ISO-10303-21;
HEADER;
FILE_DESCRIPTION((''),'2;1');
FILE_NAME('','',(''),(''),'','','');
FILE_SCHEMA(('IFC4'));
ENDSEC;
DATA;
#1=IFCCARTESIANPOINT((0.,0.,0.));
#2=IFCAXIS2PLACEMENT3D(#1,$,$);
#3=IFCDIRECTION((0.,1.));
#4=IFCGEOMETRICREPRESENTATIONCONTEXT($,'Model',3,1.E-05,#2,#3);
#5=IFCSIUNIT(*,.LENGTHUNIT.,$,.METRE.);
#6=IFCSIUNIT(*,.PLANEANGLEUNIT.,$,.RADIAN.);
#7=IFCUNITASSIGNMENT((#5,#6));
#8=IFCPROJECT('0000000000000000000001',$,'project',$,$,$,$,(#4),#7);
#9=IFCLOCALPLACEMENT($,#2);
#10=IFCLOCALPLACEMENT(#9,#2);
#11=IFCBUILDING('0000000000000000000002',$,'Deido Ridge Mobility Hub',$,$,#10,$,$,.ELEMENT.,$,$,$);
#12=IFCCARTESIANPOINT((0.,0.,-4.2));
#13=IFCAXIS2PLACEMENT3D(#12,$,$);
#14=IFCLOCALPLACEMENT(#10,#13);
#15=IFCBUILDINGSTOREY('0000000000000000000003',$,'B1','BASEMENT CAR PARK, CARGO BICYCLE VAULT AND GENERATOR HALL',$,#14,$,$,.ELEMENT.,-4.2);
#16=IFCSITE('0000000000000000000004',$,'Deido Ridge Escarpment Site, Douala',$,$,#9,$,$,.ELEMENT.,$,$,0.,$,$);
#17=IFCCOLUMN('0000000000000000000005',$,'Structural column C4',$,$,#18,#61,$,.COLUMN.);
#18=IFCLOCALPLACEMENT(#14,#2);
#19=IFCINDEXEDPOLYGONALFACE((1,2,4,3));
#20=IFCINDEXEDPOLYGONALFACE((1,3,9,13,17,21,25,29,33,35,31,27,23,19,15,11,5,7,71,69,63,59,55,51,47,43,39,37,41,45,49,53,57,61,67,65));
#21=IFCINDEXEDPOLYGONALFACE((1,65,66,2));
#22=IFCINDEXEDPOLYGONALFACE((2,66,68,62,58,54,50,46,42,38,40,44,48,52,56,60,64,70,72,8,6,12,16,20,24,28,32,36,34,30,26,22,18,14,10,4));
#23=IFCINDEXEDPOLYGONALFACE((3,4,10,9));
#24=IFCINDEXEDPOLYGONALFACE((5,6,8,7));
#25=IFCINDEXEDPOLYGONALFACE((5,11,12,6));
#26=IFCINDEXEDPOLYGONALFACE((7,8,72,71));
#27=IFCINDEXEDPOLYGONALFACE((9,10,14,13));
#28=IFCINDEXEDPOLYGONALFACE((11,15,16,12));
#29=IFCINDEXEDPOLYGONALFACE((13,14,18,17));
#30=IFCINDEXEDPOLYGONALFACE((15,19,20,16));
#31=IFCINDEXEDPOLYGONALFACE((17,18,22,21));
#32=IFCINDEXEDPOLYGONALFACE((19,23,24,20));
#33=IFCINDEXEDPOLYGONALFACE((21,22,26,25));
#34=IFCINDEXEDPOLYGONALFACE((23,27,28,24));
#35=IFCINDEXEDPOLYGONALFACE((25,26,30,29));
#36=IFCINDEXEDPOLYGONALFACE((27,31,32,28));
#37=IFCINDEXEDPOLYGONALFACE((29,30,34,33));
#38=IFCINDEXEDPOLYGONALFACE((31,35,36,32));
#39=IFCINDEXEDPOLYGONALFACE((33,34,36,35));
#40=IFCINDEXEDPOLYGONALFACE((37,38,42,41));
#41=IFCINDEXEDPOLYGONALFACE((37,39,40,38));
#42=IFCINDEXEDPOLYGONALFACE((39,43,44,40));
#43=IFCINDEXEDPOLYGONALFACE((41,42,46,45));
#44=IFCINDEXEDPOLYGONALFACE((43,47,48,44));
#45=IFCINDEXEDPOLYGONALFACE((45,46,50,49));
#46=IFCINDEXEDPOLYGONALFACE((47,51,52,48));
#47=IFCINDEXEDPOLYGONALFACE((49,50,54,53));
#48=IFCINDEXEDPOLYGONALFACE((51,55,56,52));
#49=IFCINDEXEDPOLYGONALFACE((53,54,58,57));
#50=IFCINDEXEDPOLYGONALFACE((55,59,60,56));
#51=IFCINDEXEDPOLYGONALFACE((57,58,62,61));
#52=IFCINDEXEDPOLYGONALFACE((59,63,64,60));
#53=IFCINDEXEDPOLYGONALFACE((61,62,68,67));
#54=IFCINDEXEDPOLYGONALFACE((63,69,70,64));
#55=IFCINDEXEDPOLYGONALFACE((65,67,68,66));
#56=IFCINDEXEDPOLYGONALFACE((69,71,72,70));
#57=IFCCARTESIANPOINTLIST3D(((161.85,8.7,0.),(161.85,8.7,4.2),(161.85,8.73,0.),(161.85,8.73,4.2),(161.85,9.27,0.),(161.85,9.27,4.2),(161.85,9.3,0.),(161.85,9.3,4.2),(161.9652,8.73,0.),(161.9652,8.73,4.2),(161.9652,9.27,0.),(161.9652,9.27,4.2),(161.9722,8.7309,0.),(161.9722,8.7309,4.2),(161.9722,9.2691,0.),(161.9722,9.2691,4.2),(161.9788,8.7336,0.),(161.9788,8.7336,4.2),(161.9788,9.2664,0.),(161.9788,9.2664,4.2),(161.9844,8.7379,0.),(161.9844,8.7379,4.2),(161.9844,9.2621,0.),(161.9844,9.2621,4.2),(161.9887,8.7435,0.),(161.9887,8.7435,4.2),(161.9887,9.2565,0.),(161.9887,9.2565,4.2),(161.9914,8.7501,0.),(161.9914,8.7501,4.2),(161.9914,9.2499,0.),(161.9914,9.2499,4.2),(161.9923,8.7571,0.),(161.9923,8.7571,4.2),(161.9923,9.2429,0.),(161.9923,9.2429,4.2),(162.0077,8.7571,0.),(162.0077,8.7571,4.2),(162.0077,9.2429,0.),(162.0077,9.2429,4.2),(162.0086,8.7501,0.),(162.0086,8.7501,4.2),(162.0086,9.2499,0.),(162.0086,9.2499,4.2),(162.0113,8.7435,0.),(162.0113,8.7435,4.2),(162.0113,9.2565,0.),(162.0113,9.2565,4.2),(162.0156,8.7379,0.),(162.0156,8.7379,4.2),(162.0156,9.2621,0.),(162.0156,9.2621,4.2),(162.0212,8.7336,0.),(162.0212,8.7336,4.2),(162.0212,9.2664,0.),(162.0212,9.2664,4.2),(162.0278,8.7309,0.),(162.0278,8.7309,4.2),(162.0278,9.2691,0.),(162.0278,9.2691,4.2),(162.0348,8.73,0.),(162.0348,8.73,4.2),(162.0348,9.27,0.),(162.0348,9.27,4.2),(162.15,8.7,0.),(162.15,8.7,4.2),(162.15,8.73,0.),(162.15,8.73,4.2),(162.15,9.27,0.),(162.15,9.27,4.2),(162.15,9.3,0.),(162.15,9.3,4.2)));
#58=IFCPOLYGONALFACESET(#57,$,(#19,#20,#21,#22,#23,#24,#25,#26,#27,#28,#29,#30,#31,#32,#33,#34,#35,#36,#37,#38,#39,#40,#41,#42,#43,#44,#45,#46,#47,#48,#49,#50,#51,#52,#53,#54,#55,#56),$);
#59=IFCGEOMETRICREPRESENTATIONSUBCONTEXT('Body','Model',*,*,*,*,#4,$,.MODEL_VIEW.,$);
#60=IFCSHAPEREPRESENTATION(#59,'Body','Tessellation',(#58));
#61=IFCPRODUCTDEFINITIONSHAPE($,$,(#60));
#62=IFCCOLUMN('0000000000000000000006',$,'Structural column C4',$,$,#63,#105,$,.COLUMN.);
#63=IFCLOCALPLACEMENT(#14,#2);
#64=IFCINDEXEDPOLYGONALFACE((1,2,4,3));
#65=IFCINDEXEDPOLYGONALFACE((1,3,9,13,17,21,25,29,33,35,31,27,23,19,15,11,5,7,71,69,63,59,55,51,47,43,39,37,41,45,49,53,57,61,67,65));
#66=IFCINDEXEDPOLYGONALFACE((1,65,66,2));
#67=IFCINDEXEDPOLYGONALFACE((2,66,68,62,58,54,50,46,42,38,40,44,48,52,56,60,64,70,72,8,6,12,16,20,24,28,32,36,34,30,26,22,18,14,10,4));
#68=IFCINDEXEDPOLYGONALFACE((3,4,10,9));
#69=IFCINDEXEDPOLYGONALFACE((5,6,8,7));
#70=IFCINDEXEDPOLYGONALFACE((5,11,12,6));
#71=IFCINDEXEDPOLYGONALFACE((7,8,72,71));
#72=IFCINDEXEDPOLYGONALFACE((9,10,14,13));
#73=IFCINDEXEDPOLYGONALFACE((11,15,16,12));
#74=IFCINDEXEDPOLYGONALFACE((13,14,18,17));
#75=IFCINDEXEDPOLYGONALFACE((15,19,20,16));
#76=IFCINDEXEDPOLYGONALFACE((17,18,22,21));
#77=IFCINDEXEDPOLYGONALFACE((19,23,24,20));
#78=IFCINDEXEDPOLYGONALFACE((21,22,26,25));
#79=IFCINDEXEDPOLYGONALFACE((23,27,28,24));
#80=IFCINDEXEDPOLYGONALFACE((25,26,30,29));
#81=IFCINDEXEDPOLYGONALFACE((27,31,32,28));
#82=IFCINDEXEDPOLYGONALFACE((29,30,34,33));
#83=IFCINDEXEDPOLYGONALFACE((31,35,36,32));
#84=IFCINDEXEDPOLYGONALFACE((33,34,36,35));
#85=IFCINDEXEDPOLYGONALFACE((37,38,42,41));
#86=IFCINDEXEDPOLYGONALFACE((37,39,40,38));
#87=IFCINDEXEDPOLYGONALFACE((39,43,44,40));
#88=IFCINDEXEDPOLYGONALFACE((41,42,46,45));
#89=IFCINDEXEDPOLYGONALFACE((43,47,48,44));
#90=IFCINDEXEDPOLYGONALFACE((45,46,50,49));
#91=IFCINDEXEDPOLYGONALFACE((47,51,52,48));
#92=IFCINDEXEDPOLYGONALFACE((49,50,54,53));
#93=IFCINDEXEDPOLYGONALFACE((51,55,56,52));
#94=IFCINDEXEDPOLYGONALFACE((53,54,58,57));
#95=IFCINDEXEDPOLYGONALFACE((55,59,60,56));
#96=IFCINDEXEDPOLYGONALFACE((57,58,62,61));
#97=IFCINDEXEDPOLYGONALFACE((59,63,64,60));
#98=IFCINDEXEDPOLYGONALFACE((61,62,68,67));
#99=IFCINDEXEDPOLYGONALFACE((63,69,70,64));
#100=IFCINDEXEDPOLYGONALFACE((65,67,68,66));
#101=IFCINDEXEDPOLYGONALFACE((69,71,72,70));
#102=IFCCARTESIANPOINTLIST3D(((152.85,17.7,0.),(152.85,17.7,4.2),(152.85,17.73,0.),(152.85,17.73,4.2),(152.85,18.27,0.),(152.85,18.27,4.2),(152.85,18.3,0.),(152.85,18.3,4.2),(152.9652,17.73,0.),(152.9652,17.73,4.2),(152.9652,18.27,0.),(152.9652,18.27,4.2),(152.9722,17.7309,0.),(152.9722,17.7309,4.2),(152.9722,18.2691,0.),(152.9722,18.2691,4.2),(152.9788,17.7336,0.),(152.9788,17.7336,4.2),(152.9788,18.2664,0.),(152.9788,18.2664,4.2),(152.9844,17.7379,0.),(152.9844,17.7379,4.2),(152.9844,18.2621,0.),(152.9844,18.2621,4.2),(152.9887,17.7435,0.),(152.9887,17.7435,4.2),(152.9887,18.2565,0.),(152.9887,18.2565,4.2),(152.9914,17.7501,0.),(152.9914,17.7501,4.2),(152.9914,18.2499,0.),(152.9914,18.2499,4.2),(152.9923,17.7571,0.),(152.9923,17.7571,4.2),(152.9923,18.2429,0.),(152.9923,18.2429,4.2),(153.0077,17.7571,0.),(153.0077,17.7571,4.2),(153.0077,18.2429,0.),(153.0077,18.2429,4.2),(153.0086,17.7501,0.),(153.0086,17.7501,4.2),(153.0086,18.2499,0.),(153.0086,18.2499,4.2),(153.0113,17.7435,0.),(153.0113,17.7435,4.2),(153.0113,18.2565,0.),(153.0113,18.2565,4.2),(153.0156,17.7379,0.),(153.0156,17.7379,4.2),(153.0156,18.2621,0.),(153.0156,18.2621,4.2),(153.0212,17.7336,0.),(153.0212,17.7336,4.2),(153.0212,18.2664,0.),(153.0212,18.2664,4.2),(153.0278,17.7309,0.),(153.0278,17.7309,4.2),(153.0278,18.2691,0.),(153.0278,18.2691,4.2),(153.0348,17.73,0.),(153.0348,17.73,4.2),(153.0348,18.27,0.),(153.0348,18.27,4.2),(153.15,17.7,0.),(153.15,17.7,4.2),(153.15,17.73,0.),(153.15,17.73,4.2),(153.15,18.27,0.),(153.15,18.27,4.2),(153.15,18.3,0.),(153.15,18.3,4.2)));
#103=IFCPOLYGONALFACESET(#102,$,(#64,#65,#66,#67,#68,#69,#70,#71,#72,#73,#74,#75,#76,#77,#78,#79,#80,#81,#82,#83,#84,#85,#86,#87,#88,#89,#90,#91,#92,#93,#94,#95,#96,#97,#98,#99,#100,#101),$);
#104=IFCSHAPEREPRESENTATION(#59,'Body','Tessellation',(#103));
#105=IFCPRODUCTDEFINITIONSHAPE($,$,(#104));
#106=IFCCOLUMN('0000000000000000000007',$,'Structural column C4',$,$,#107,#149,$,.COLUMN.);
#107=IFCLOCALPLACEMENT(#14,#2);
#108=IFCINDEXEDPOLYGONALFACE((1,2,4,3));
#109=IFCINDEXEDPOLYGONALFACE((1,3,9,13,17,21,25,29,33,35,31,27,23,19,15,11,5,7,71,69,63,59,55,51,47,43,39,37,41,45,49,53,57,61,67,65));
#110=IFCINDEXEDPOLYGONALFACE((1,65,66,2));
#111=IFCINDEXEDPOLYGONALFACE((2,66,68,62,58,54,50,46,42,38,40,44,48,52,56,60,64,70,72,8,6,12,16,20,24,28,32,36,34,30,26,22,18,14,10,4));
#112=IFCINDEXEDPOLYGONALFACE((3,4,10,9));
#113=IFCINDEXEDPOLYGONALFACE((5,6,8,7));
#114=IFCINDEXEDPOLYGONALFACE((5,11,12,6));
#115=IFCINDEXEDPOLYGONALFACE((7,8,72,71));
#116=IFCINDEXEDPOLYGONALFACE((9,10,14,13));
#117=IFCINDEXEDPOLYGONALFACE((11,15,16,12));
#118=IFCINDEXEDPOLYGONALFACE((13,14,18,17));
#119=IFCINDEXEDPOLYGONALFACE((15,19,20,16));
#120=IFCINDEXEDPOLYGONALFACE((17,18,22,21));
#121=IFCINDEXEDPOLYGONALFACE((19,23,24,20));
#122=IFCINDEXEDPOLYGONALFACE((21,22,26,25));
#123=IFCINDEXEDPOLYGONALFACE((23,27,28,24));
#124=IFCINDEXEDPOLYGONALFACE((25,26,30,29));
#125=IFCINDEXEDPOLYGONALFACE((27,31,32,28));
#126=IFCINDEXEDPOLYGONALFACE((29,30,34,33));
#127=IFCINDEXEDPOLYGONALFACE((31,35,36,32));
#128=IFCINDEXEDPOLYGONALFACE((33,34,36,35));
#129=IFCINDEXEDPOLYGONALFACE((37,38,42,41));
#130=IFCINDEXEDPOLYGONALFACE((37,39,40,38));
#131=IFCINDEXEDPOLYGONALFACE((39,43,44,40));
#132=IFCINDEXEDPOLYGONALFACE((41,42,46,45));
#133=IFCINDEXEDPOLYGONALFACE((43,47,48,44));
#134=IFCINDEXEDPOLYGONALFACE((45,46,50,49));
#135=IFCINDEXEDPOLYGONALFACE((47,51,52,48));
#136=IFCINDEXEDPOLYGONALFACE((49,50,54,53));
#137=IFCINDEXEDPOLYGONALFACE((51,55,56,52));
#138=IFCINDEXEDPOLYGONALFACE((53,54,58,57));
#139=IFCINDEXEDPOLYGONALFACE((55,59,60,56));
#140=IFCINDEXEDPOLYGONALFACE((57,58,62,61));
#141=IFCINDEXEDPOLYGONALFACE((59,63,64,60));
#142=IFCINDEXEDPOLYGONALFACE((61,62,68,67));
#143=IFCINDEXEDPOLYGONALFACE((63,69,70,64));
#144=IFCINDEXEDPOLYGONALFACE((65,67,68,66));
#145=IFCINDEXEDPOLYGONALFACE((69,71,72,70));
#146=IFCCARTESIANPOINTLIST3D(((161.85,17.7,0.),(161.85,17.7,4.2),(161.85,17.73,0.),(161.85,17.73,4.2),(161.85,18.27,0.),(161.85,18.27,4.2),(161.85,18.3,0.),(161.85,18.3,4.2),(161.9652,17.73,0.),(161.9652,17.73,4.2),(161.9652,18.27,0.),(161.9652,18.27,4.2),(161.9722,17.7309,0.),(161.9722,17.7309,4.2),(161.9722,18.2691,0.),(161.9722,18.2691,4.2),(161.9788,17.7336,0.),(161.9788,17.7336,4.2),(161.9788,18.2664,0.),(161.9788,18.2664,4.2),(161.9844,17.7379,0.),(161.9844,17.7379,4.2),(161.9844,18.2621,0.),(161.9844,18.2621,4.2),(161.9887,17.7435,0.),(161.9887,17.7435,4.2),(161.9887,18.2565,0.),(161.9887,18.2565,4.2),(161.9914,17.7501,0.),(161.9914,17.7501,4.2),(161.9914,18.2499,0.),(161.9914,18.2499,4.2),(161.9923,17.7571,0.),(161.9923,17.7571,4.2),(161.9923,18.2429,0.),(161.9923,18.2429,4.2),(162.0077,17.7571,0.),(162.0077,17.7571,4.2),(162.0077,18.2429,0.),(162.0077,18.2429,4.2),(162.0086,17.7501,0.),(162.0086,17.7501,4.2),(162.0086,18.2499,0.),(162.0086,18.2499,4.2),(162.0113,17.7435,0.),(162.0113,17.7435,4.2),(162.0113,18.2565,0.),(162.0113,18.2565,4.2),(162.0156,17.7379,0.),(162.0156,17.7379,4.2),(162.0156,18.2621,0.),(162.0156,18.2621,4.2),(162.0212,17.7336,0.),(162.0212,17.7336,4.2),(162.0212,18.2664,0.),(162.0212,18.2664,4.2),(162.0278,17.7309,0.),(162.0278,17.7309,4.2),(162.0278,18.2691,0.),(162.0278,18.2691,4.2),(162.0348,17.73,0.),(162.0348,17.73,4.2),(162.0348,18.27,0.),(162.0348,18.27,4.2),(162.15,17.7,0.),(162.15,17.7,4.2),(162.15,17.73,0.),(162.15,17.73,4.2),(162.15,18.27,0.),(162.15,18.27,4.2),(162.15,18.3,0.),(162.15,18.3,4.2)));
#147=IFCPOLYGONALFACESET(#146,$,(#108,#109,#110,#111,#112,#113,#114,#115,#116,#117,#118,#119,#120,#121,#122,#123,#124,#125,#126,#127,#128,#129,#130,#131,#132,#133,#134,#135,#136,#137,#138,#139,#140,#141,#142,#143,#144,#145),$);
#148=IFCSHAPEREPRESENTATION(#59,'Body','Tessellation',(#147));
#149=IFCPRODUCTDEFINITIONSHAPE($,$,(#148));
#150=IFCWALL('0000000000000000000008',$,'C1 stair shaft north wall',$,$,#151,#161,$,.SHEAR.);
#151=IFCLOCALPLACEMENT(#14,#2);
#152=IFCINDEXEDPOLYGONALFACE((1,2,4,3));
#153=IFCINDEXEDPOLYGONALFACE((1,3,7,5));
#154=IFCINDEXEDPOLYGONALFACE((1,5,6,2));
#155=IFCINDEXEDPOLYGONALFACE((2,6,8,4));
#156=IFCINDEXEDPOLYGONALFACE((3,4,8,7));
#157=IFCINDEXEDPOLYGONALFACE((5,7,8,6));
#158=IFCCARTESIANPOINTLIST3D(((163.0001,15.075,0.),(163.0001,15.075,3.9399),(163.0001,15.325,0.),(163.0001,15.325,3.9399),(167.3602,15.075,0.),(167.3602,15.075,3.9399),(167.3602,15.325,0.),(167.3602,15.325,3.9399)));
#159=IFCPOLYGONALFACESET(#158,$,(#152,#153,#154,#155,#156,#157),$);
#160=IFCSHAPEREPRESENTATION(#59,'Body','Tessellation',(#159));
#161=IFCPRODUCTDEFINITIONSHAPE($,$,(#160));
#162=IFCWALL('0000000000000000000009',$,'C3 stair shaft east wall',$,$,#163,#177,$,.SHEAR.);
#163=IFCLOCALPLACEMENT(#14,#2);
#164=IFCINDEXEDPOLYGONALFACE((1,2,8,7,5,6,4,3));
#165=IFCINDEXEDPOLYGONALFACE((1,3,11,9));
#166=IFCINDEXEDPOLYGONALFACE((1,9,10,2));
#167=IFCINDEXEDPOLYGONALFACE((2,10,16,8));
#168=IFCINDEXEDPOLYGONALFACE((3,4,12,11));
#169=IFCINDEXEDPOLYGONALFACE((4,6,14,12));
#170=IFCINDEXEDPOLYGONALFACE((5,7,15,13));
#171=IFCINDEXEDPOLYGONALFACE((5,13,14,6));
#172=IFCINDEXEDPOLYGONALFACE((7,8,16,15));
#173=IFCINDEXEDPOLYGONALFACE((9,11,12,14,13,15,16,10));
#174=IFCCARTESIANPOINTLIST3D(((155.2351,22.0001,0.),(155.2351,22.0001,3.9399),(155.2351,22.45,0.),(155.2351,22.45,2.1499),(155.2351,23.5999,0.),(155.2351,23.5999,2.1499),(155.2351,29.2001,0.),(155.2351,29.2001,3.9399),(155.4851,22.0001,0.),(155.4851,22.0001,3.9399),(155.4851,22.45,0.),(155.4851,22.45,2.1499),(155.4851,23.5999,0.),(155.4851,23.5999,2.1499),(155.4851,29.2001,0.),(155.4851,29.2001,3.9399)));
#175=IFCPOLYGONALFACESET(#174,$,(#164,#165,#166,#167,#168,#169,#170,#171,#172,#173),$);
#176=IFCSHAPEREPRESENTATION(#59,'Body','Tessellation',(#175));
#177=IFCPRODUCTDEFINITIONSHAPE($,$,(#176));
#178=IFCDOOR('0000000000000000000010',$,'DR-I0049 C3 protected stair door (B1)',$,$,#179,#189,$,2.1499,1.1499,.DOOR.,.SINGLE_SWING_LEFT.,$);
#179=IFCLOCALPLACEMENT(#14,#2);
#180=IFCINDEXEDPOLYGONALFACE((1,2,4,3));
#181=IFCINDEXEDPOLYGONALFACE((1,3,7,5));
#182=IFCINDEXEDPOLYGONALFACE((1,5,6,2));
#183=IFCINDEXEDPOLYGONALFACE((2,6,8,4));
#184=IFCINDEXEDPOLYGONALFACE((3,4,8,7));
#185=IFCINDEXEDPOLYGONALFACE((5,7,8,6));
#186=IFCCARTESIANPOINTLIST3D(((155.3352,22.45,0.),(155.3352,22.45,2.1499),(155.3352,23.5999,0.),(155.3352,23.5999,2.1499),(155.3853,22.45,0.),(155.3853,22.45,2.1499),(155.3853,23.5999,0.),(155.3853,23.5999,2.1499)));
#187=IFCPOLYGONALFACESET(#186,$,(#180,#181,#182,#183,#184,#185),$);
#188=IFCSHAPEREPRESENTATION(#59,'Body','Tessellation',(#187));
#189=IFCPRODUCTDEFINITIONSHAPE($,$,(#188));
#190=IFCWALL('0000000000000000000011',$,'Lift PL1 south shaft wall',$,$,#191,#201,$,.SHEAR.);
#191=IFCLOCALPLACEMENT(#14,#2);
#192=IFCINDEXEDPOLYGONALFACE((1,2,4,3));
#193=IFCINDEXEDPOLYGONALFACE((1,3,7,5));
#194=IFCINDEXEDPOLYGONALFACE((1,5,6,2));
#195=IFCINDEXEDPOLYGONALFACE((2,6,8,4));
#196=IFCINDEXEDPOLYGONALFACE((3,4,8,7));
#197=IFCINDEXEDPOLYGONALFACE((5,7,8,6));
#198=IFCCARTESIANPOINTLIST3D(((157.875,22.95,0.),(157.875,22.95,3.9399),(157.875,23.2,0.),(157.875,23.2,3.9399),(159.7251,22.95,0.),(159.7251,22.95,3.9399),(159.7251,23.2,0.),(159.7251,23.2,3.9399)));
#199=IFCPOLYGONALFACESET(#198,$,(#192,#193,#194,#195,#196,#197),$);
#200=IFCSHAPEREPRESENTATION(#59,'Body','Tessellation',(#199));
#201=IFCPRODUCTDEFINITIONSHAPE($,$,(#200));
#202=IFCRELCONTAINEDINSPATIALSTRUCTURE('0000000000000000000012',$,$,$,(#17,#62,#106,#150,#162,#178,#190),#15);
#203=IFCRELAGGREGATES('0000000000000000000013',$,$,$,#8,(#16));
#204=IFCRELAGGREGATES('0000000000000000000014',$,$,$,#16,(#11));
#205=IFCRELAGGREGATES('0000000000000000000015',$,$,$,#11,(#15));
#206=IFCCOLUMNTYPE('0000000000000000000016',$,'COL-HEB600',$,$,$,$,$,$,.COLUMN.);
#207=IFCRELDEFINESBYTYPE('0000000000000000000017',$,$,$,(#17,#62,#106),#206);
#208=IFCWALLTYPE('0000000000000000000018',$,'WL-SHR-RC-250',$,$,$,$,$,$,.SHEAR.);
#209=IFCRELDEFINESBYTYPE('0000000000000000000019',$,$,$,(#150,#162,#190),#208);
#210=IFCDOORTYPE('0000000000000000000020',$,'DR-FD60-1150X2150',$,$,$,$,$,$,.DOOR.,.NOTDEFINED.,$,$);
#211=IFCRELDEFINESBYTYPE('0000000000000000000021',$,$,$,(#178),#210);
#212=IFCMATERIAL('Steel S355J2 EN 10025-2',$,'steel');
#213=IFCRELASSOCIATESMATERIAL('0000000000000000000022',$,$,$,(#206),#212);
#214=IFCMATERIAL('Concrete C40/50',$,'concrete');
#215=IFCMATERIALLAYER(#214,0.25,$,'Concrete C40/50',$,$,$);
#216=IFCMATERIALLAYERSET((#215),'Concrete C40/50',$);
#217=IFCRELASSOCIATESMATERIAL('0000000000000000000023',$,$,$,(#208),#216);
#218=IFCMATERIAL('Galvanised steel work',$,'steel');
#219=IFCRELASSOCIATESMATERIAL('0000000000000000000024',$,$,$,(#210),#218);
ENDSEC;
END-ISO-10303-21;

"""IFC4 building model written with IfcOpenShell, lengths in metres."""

from ifc_helpers import new_model, si_unit, direction, frame, frame_2d, origin, origin_2d, place, context, subcontext, project, spatial, rectangle, i_section, extrude, material, layer, layer_set, material_profile, profile_set, type_object, element, fill, save


model = new_model("IFC4")

# Units and contexts
model_context = context("Model", 3, precision=1e-05, world=origin(), true_north=direction((0.0, 1.0)))
body_context = subcontext(model_context, "Body", "Model", "MODEL_VIEW")
ifc_project = project(units=[si_unit("LENGTHUNIT", "METRE"), si_unit("PLANEANGLEUNIT", "RADIAN")], contexts=[model_context])

# Site, building, storey
site_placement = place(None, origin())
site = spatial("IfcSite", under=ifc_project, at=site_placement, Name="Deido Ridge Escarpment Site, Douala", CompositionType="ELEMENT", RefElevation=0.0)
building_placement = place(site_placement, origin())
building = spatial("IfcBuilding", under=site, at=building_placement, Name="Deido Ridge Mobility Hub", CompositionType="ELEMENT")
storey_placement = place(building_placement, frame((0.0, 0.0, -4.2)))
storey = spatial("IfcBuildingStorey", under=building, at=storey_placement, Name="B1", Description="BASEMENT CAR PARK, CARGO BICYCLE VAULT AND GENERATOR HALL", CompositionType="ELEMENT", Elevation=-4.2)

# Shared definitions
ifc_material_1 = material(Name="Concrete C40/50", Category="concrete")

# Columns
ifc_material_2 = material(Name="Steel S355J2 EN 10025-2", Category="steel")
ifc_material_profile_1 = material_profile(ifc_material_2, i_section(OverallWidth=0.3, OverallDepth=0.6001, WebThickness=0.0154, FlangeThickness=0.03, FilletRadius=0.0271, at=origin_2d()), Name="HEB 600")
ifc_profile_set_1 = profile_set([ifc_material_profile_1], Name="Steel S355J2 EN 10025-2")
column_type = type_object("IfcColumnType", Name="COL-HEB600", PredefinedType="COLUMN", material=ifc_profile_set_1)
for number, where, z_axis, x_axis, name in (
    (1, (162.0, 9.0, 0.0), (0.0, 0.0, 1.0), (1.0, 0.0, 0.0), "Structural column C4"),
    (2, (153.0, 18.0, 0.0), (0.0, 0.0, 1.0), (1.0, 0.0, 0.0), "Structural column C4"),
    (3, (162.0, 18.0, 0.0), (0.0, 0.0, 1.0), (1.0, 0.0, 0.0), "Structural column C4"),
):
    element("IfcColumn", number, at=place(storey_placement, frame(where, z_axis=z_axis, x_axis=x_axis)), inside=storey, type_object=column_type, Name=name, PredefinedType="COLUMN", context=body_context, shape_type="SweptSolid", body=[
        extrude(i_section(OverallWidth=0.3, OverallDepth=0.6001, WebThickness=0.0154, FlangeThickness=0.03, FilletRadius=0.0271, at=origin_2d()), origin(), (0.0, 0.0, 1.0), 4.2),
    ])

# Wall
ifc_layer_1 = layer(ifc_material_1, 0.25, Name="Concrete C40/50")
ifc_layer_set_1 = layer_set([ifc_layer_1], Name="Concrete C40/50")
wall_type_1 = type_object("IfcWallType", Name="WL-SHR-RC-250", PredefinedType="SHEAR", material=ifc_layer_set_1)
wall_1_placement = place(storey_placement, frame((163.0, 15.2, 0.0), z_axis=(0.0, 0.0, 1.0), x_axis=(1.0, 0.0, 0.0)))
element("IfcWall", 4, at=wall_1_placement, inside=storey, type_object=wall_type_1, Name="C1 stair shaft north wall", PredefinedType="SHEAR", context=body_context, shape_type="SweptSolid", body=[
    extrude(rectangle(XDim=4.3601, YDim=0.25, at=frame_2d((2.1802, 0.0))), origin(), (0.0, 0.0, 1.0), 3.9399),
])

# Wall, opening, door
wall_2_placement = place(storey_placement, frame((155.3601, 22.0, 0.0), z_axis=(0.0, 0.0, 1.0), x_axis=(0.0, 1.0, 0.0)))
wall_2 = element("IfcWall", 5, at=wall_2_placement, inside=storey, type_object=wall_type_1, Name="C3 stair shaft east wall", PredefinedType="SHEAR", context=body_context, shape_type="SweptSolid", body=[
    extrude(rectangle(XDim=7.2, YDim=0.25, at=frame_2d((3.6001, 0.0))), origin(), (0.0, 0.0, 1.0), 3.9399),
])
opening_1_placement = place(wall_2_placement, frame((0.45, 0.0, 0.0)))
opening_1 = element("IfcOpeningElement", 6, at=opening_1_placement, cuts=wall_2, PredefinedType="OPENING", context=body_context, shape_type="SweptSolid", body=[
    extrude(rectangle(XDim=1.1499, YDim=2.1499, at=frame_2d((0.575, 1.075))), frame((0.0, 0.135, 0.0), z_axis=(0.0, -1.0, 0.0), x_axis=(1.0, 0.0, 0.0)), (0.0, 0.0, 1.0), 0.27),
])
ifc_material_3 = material(Name="Galvanised steel work", Category="steel")
door_type_1 = type_object("IfcDoorType", Name="DR-FD60-1150X2150", OperationType="NOTDEFINED", PredefinedType="DOOR", material=ifc_material_3)
door_1_placement = place(opening_1_placement, origin())
door_1 = element("IfcDoor", 7, at=door_1_placement, inside=storey, type_object=door_type_1, Name="DR-I0049 C3 protected stair door (B1)", OperationType="SINGLE_SWING_LEFT", OverallHeight=2.1499, OverallWidth=1.1499, PredefinedType="DOOR", context=body_context, shape_type="SweptSolid", body=[
    extrude(rectangle(XDim=1.1499, YDim=2.1499, at=frame_2d((0.575, 1.075))), frame((0.0, 0.0249, 0.0), z_axis=(0.0, -1.0, 0.0), x_axis=(1.0, 0.0, 0.0)), (0.0, 0.0, 1.0), 0.05),
])
fill(opening_1, door_1)

# Wall
wall_3_placement = place(storey_placement, frame((157.875, 23.075, 0.0), z_axis=(0.0, 0.0, 1.0), x_axis=(1.0, 0.0, 0.0)))
element("IfcWall", 8, at=wall_3_placement, inside=storey, type_object=wall_type_1, Name="Lift PL1 south shaft wall", PredefinedType="SHEAR", context=body_context, shape_type="SweptSolid", body=[
    extrude(rectangle(XDim=1.8501, YDim=0.25, at=frame_2d((0.925, 0.0))), origin(), (0.0, 0.0, 1.0), 3.9399),
])

save(model, "model.ifc")
